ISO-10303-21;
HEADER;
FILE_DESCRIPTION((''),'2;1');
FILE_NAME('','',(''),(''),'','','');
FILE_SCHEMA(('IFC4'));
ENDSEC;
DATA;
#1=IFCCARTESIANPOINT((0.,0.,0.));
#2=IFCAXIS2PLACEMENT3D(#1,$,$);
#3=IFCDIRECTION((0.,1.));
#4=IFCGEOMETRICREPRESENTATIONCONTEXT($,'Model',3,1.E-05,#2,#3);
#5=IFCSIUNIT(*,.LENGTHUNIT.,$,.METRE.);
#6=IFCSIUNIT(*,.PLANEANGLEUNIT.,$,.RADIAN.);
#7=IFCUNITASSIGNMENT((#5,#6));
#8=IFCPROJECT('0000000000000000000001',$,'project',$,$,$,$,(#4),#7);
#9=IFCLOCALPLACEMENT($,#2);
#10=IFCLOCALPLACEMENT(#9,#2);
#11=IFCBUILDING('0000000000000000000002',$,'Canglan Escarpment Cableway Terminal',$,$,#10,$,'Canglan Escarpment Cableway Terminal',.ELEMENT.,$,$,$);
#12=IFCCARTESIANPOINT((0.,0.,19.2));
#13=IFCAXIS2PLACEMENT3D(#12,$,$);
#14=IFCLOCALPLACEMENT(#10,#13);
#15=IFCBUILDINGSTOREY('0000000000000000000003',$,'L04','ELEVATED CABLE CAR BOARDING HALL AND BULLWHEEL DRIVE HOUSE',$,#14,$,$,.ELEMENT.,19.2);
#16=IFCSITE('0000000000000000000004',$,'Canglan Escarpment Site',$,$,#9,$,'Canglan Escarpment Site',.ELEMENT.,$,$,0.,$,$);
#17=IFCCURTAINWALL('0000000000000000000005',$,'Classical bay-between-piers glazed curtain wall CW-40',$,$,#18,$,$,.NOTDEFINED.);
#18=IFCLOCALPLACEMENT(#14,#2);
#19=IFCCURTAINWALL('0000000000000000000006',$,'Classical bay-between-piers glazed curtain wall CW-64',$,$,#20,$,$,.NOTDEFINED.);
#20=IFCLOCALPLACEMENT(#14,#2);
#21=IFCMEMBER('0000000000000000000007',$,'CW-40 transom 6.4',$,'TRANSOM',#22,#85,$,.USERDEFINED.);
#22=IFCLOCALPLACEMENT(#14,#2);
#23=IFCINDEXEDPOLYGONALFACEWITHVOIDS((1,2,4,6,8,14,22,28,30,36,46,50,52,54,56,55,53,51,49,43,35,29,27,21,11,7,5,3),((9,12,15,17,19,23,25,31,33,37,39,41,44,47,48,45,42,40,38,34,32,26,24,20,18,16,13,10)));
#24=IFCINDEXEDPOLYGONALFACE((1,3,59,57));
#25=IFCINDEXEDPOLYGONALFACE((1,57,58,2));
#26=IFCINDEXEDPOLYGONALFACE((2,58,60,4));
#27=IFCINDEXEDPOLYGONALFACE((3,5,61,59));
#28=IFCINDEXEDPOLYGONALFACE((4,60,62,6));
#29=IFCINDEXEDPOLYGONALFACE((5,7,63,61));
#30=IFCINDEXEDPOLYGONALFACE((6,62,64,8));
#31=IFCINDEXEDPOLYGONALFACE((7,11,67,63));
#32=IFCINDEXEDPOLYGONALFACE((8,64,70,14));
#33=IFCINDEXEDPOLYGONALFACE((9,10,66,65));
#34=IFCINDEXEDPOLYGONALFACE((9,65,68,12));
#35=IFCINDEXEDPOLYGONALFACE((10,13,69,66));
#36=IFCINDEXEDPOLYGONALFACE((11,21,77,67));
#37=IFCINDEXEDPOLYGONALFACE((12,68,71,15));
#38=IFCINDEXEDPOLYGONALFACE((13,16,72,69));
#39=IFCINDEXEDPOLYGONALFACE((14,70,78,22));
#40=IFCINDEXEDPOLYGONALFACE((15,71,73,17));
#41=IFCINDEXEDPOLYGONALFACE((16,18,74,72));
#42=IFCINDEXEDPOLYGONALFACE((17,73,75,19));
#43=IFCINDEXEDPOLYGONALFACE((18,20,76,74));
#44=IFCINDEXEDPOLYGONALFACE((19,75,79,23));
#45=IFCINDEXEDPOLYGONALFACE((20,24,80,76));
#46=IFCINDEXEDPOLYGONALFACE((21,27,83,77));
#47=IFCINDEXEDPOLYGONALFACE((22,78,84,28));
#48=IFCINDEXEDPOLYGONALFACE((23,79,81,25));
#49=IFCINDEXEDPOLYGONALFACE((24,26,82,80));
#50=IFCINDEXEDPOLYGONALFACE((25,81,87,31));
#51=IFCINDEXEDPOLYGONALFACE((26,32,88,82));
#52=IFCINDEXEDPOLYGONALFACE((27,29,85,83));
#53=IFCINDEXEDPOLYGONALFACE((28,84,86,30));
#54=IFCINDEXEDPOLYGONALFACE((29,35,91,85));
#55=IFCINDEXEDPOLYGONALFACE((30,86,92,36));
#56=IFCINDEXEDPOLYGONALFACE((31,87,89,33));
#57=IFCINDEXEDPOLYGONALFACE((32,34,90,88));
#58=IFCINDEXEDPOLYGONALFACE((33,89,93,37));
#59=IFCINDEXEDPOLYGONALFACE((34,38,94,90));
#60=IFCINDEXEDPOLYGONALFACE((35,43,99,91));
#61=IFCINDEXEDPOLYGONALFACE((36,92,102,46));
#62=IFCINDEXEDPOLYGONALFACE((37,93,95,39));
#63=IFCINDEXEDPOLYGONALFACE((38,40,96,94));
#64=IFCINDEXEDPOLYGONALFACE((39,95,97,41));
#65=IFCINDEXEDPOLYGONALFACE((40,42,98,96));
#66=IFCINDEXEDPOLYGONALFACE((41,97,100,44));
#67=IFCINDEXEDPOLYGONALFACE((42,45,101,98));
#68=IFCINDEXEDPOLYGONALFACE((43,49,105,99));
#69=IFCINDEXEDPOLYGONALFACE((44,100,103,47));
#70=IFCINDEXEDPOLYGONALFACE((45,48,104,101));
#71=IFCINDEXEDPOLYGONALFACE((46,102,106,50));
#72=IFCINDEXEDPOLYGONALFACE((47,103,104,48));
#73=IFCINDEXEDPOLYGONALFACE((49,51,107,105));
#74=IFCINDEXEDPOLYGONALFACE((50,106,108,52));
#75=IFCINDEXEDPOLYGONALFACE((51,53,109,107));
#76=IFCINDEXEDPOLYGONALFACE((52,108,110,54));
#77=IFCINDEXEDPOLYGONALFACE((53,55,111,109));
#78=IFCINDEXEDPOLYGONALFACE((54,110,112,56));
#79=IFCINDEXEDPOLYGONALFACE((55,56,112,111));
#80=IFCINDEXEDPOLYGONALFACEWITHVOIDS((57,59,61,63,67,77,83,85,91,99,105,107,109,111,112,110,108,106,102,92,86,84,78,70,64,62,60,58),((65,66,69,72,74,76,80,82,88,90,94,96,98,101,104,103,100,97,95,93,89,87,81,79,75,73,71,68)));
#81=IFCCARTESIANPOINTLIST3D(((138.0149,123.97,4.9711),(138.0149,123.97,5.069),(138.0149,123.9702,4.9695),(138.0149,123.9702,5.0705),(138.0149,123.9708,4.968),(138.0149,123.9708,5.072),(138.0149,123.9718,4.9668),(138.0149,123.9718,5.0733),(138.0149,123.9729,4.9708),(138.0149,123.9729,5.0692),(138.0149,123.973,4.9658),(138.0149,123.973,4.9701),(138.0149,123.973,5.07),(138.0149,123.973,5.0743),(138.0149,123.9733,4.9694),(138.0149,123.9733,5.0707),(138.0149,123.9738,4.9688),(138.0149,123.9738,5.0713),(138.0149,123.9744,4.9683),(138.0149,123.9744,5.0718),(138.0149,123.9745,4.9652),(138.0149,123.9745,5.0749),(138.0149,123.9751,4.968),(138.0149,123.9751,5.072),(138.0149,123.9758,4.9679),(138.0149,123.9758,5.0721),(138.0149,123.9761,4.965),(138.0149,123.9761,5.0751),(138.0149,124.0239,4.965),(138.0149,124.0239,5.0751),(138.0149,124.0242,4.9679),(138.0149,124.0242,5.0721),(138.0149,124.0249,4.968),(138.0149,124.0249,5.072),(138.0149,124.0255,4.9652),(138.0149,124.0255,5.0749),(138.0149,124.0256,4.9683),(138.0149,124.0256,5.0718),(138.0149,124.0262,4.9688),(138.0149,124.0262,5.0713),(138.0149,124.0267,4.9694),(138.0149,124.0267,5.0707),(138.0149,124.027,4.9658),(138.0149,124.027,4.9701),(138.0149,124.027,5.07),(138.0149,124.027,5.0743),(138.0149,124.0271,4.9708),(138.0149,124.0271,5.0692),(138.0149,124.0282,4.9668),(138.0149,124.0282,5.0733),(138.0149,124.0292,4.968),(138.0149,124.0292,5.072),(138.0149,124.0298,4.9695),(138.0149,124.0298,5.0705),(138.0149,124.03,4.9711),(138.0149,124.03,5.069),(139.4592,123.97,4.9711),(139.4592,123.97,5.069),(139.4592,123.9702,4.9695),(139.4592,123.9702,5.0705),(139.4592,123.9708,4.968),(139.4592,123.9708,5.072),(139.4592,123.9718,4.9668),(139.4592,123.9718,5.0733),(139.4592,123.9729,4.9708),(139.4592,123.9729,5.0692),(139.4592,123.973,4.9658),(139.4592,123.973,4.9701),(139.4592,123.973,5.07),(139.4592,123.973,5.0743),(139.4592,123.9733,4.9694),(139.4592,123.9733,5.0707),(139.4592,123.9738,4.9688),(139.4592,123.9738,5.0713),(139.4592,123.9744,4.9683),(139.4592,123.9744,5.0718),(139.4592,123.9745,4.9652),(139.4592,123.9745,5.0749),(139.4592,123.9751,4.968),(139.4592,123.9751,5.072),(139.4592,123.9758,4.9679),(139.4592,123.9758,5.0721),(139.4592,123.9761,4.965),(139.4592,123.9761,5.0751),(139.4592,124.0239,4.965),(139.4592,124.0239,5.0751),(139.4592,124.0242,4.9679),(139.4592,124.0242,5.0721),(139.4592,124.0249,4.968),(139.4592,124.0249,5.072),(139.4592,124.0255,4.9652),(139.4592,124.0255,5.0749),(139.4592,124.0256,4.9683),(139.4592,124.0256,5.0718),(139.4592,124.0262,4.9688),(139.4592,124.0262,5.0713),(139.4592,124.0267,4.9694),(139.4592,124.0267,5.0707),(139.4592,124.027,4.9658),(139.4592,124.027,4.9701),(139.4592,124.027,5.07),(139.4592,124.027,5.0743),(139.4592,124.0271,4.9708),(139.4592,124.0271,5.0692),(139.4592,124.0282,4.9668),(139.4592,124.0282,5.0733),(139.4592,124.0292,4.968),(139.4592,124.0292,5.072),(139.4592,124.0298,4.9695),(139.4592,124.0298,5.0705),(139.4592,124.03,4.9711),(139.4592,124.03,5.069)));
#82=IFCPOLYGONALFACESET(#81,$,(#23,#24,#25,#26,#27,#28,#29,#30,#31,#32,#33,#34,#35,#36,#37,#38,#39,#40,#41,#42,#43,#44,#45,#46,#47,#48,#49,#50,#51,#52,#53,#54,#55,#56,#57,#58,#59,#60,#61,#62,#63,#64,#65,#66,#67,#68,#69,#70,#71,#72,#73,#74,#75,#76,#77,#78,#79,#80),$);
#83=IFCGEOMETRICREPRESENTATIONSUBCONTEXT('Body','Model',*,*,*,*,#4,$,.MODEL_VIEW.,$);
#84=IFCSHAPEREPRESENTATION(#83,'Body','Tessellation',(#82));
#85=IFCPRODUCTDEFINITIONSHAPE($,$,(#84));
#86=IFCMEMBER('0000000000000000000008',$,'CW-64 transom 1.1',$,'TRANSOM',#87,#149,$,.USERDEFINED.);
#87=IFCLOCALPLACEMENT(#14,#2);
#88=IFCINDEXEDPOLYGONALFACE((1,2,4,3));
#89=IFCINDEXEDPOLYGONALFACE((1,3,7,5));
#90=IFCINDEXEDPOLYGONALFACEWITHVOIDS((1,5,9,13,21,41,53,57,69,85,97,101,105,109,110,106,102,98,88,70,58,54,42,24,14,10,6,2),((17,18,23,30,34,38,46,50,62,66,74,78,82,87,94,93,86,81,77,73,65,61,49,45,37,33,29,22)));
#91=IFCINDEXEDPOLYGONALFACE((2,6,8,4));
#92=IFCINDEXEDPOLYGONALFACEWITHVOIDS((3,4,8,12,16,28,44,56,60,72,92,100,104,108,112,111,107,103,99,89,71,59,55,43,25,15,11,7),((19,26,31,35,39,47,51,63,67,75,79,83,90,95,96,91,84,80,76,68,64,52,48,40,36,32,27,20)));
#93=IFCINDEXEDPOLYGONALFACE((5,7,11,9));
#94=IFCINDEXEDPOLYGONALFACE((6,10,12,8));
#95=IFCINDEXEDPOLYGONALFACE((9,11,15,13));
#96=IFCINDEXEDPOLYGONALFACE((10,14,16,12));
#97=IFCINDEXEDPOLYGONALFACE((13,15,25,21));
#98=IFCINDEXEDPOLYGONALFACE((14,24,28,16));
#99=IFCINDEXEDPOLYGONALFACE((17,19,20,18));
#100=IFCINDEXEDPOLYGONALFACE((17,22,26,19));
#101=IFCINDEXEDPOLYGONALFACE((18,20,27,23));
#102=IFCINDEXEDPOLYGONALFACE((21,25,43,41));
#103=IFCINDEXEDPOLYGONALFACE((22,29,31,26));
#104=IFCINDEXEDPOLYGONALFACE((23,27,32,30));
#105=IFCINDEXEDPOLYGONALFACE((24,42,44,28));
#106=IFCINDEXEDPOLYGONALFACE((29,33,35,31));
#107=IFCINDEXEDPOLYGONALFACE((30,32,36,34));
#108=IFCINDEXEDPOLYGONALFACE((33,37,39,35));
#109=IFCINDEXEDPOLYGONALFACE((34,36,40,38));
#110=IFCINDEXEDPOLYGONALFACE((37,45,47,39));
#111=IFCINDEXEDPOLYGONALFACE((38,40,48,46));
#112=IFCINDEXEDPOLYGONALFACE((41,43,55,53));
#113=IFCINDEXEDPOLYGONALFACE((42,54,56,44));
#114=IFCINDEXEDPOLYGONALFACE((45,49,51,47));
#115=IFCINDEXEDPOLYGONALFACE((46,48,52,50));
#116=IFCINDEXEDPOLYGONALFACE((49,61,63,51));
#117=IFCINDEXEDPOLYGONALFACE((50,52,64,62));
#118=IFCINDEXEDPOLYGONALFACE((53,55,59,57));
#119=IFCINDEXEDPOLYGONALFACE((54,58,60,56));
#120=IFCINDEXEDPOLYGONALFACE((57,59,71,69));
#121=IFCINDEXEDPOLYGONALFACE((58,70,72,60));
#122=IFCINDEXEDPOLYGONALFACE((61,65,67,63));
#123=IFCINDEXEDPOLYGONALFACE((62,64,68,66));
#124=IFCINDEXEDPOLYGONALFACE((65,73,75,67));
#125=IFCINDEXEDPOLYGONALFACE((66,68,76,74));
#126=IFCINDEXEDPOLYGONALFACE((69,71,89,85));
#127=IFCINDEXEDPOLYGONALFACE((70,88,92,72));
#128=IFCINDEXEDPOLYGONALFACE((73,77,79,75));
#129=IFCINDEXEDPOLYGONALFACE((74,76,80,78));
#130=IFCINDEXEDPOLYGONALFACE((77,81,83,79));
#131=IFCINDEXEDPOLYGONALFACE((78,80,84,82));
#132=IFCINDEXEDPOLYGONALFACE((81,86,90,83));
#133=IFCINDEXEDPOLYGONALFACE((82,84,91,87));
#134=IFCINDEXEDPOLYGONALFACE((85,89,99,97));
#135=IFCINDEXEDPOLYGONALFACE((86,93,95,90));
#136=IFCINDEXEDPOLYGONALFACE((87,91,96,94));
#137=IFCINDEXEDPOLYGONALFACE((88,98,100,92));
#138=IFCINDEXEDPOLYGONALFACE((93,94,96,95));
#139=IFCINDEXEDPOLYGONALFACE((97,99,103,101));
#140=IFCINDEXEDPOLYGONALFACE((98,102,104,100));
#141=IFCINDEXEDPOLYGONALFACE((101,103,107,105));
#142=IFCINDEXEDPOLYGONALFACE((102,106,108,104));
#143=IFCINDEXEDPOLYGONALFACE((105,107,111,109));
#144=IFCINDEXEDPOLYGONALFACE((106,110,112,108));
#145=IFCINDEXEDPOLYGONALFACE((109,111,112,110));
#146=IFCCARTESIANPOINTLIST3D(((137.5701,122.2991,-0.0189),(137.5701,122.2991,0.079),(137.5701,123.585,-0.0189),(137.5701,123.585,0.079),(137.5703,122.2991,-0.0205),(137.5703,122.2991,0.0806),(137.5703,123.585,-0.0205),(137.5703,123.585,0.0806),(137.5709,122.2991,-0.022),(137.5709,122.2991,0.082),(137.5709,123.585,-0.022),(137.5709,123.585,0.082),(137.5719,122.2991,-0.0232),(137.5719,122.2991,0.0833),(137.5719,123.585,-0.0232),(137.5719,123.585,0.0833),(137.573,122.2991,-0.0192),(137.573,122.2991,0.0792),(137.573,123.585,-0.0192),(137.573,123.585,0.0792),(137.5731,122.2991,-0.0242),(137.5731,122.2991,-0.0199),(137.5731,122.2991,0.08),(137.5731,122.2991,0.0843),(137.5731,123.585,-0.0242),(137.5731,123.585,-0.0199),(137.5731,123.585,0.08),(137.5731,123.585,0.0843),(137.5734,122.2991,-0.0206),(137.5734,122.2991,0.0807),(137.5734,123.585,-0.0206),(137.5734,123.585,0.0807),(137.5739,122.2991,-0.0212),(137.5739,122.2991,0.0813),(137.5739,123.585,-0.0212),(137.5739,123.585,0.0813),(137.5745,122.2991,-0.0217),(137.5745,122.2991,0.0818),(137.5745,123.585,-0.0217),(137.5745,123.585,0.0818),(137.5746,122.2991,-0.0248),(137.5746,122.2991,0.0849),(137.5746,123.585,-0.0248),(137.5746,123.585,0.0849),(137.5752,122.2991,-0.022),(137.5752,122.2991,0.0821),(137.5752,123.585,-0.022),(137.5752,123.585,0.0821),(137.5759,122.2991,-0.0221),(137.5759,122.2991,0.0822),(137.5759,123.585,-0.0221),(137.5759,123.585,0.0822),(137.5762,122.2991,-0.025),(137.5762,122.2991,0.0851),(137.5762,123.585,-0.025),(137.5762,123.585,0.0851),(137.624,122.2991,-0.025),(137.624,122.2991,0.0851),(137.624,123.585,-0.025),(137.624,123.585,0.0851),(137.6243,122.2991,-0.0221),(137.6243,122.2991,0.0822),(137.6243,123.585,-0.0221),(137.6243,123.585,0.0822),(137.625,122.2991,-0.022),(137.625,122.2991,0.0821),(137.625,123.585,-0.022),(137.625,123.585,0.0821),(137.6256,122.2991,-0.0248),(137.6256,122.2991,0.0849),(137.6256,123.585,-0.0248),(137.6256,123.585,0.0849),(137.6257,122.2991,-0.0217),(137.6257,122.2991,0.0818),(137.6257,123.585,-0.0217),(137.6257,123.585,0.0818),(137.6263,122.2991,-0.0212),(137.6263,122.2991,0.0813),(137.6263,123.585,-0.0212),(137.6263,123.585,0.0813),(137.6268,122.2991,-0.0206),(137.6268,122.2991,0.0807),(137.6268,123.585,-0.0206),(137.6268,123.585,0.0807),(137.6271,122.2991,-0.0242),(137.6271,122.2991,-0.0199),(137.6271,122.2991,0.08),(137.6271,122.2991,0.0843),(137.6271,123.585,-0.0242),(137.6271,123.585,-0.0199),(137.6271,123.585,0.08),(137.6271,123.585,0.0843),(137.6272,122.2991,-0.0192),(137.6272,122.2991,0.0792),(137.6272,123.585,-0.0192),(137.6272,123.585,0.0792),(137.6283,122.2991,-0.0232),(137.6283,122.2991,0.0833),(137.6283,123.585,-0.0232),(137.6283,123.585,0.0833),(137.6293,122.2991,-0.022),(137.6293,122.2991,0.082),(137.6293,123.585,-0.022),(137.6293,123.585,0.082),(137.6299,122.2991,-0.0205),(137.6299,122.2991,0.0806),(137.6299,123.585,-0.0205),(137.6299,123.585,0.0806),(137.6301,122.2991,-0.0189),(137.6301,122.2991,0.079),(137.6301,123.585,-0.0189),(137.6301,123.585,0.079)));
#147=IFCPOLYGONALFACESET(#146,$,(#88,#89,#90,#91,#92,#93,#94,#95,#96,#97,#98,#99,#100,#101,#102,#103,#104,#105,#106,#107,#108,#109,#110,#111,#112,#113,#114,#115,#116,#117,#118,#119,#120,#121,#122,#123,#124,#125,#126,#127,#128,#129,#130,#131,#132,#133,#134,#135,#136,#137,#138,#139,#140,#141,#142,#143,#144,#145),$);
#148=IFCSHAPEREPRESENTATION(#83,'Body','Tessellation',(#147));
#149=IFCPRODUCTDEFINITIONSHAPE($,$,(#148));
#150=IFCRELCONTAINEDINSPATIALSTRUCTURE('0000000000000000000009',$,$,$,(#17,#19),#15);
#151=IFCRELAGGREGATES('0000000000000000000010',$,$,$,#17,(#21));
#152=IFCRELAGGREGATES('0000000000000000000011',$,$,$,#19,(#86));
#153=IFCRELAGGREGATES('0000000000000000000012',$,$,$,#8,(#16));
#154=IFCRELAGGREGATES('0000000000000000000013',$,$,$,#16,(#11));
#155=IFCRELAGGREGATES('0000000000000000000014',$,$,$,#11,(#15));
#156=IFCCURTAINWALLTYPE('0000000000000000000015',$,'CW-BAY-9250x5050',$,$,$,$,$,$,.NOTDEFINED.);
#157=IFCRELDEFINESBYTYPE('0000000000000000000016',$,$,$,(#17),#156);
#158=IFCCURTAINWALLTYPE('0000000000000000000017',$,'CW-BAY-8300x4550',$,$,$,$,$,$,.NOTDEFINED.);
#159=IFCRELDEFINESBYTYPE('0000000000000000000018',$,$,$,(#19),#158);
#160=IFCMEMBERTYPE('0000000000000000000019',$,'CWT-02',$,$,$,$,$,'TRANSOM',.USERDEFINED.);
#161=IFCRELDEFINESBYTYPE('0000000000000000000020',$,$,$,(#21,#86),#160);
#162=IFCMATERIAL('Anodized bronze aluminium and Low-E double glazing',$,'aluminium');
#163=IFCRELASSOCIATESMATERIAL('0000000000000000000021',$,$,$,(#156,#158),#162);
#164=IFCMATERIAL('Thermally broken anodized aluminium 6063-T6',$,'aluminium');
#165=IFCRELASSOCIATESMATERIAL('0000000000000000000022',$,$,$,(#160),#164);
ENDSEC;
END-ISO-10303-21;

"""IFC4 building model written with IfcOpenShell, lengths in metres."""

from ifc_helpers import new_model, si_unit, direction, frame, origin, origin_2d, place, context, subcontext, project, spatial, hollow_rectangle, extrude, material, material_profile, profile_set, type_object, element, aggregate, save


model = new_model("IFC4")

# Units and contexts
model_context = context("Model", 3, precision=1e-05, world=origin(), true_north=direction((0.0, 1.0)))
body_context = subcontext(model_context, "Body", "Model", "MODEL_VIEW")
ifc_project = project(units=[si_unit("LENGTHUNIT", "METRE"), si_unit("PLANEANGLEUNIT", "RADIAN")], contexts=[model_context])

# Site, building, storey
site_placement = place(None, origin())
site = spatial("IfcSite", under=ifc_project, at=site_placement, Name="Canglan Escarpment Site", LongName="Canglan Escarpment Site", CompositionType="ELEMENT", RefElevation=0.0)
building_placement = place(site_placement, origin())
building = spatial("IfcBuilding", under=site, at=building_placement, Name="Canglan Escarpment Cableway Terminal", LongName="Canglan Escarpment Cableway Terminal", CompositionType="ELEMENT")
storey_placement = place(building_placement, frame((0.0, 0.0, 19.2)))
storey = spatial("IfcBuildingStorey", under=building, at=storey_placement, Name="L04", Description="ELEVATED CABLE CAR BOARDING HALL AND BULLWHEEL DRIVE HOUSE", CompositionType="ELEMENT", Elevation=19.2)

# Curtain walls
ifc_material_1 = material(Name="Anodized bronze aluminium and Low-E double glazing", Category="aluminium")
curtain_wall_type_1 = type_object("IfcCurtainWallType", Name="CW-BAY-9250x5050", PredefinedType="NOTDEFINED", material=ifc_material_1)
curtain_wall_1_placement = place(storey_placement, origin())
curtain_wall_1 = element("IfcCurtainWall", 1, at=curtain_wall_1_placement, inside=storey, type_object=curtain_wall_type_1, Name="Classical bay-between-piers glazed curtain wall CW-40", PredefinedType="NOTDEFINED")
ifc_material_2 = material(Name="Thermally broken anodized aluminium 6063-T6", Category="aluminium")
curtain_wall_type_2 = type_object("IfcCurtainWallType", Name="CW-BAY-8300x4550", PredefinedType="NOTDEFINED", material=ifc_material_1)
curtain_wall_2_placement = place(storey_placement, origin())
curtain_wall_2 = element("IfcCurtainWall", 2, at=curtain_wall_2_placement, inside=storey, type_object=curtain_wall_type_2, Name="Classical bay-between-piers glazed curtain wall CW-64", PredefinedType="NOTDEFINED")

# Members
ifc_material_profile_1 = material_profile(ifc_material_2, hollow_rectangle(XDim=0.0601, YDim=0.1101, WallThickness=0.0029, InnerFilletRadius=0.0029, OuterFilletRadius=0.0061, at=origin_2d()), Name="ALU-TRAN 60x110x3")
ifc_profile_set_1 = profile_set([ifc_material_profile_1], Name="Thermally broken anodized aluminium 6063-T6")
member_type_1 = type_object("IfcMemberType", Name="CWT-02", ElementType="TRANSOM", PredefinedType="USERDEFINED", material=ifc_profile_set_1)
member_1_placement = place(storey_placement, frame((139.4592, 124.0, 5.02), z_axis=(-1.0, 0.0, 0.0), x_axis=(0.0, -1.0, 0.0)))
member_1 = element("IfcMember", 3, at=member_1_placement, type_object=member_type_1, Name="CW-40 transom 6.4", ObjectType="TRANSOM", PredefinedType="USERDEFINED", context=body_context, shape_type="SweptSolid", body=[
    extrude(hollow_rectangle(XDim=0.0601, YDim=0.1101, WallThickness=0.0029, InnerFilletRadius=0.0029, OuterFilletRadius=0.0061, at=origin_2d()), origin(), (0.0, 0.0, 1.0), 1.4443),
])
member_2_placement = place(storey_placement, frame((137.6001, 123.585, 0.03), z_axis=(0.0, -1.0, 0.0), x_axis=(1.0, 0.0, 0.0)))
member_2 = element("IfcMember", 4, at=member_2_placement, type_object=member_type_1, Name="CW-64 transom 1.1", ObjectType="TRANSOM", PredefinedType="USERDEFINED", context=body_context, shape_type="SweptSolid", body=[
    extrude(hollow_rectangle(XDim=0.0601, YDim=0.1101, WallThickness=0.0029, InnerFilletRadius=0.0029, OuterFilletRadius=0.0061, at=origin_2d()), origin(), (0.0, 0.0, 1.0), 1.2859),
])

aggregate(curtain_wall_1, [member_1])
aggregate(curtain_wall_2, [member_2])

save(model, "model.ifc")
